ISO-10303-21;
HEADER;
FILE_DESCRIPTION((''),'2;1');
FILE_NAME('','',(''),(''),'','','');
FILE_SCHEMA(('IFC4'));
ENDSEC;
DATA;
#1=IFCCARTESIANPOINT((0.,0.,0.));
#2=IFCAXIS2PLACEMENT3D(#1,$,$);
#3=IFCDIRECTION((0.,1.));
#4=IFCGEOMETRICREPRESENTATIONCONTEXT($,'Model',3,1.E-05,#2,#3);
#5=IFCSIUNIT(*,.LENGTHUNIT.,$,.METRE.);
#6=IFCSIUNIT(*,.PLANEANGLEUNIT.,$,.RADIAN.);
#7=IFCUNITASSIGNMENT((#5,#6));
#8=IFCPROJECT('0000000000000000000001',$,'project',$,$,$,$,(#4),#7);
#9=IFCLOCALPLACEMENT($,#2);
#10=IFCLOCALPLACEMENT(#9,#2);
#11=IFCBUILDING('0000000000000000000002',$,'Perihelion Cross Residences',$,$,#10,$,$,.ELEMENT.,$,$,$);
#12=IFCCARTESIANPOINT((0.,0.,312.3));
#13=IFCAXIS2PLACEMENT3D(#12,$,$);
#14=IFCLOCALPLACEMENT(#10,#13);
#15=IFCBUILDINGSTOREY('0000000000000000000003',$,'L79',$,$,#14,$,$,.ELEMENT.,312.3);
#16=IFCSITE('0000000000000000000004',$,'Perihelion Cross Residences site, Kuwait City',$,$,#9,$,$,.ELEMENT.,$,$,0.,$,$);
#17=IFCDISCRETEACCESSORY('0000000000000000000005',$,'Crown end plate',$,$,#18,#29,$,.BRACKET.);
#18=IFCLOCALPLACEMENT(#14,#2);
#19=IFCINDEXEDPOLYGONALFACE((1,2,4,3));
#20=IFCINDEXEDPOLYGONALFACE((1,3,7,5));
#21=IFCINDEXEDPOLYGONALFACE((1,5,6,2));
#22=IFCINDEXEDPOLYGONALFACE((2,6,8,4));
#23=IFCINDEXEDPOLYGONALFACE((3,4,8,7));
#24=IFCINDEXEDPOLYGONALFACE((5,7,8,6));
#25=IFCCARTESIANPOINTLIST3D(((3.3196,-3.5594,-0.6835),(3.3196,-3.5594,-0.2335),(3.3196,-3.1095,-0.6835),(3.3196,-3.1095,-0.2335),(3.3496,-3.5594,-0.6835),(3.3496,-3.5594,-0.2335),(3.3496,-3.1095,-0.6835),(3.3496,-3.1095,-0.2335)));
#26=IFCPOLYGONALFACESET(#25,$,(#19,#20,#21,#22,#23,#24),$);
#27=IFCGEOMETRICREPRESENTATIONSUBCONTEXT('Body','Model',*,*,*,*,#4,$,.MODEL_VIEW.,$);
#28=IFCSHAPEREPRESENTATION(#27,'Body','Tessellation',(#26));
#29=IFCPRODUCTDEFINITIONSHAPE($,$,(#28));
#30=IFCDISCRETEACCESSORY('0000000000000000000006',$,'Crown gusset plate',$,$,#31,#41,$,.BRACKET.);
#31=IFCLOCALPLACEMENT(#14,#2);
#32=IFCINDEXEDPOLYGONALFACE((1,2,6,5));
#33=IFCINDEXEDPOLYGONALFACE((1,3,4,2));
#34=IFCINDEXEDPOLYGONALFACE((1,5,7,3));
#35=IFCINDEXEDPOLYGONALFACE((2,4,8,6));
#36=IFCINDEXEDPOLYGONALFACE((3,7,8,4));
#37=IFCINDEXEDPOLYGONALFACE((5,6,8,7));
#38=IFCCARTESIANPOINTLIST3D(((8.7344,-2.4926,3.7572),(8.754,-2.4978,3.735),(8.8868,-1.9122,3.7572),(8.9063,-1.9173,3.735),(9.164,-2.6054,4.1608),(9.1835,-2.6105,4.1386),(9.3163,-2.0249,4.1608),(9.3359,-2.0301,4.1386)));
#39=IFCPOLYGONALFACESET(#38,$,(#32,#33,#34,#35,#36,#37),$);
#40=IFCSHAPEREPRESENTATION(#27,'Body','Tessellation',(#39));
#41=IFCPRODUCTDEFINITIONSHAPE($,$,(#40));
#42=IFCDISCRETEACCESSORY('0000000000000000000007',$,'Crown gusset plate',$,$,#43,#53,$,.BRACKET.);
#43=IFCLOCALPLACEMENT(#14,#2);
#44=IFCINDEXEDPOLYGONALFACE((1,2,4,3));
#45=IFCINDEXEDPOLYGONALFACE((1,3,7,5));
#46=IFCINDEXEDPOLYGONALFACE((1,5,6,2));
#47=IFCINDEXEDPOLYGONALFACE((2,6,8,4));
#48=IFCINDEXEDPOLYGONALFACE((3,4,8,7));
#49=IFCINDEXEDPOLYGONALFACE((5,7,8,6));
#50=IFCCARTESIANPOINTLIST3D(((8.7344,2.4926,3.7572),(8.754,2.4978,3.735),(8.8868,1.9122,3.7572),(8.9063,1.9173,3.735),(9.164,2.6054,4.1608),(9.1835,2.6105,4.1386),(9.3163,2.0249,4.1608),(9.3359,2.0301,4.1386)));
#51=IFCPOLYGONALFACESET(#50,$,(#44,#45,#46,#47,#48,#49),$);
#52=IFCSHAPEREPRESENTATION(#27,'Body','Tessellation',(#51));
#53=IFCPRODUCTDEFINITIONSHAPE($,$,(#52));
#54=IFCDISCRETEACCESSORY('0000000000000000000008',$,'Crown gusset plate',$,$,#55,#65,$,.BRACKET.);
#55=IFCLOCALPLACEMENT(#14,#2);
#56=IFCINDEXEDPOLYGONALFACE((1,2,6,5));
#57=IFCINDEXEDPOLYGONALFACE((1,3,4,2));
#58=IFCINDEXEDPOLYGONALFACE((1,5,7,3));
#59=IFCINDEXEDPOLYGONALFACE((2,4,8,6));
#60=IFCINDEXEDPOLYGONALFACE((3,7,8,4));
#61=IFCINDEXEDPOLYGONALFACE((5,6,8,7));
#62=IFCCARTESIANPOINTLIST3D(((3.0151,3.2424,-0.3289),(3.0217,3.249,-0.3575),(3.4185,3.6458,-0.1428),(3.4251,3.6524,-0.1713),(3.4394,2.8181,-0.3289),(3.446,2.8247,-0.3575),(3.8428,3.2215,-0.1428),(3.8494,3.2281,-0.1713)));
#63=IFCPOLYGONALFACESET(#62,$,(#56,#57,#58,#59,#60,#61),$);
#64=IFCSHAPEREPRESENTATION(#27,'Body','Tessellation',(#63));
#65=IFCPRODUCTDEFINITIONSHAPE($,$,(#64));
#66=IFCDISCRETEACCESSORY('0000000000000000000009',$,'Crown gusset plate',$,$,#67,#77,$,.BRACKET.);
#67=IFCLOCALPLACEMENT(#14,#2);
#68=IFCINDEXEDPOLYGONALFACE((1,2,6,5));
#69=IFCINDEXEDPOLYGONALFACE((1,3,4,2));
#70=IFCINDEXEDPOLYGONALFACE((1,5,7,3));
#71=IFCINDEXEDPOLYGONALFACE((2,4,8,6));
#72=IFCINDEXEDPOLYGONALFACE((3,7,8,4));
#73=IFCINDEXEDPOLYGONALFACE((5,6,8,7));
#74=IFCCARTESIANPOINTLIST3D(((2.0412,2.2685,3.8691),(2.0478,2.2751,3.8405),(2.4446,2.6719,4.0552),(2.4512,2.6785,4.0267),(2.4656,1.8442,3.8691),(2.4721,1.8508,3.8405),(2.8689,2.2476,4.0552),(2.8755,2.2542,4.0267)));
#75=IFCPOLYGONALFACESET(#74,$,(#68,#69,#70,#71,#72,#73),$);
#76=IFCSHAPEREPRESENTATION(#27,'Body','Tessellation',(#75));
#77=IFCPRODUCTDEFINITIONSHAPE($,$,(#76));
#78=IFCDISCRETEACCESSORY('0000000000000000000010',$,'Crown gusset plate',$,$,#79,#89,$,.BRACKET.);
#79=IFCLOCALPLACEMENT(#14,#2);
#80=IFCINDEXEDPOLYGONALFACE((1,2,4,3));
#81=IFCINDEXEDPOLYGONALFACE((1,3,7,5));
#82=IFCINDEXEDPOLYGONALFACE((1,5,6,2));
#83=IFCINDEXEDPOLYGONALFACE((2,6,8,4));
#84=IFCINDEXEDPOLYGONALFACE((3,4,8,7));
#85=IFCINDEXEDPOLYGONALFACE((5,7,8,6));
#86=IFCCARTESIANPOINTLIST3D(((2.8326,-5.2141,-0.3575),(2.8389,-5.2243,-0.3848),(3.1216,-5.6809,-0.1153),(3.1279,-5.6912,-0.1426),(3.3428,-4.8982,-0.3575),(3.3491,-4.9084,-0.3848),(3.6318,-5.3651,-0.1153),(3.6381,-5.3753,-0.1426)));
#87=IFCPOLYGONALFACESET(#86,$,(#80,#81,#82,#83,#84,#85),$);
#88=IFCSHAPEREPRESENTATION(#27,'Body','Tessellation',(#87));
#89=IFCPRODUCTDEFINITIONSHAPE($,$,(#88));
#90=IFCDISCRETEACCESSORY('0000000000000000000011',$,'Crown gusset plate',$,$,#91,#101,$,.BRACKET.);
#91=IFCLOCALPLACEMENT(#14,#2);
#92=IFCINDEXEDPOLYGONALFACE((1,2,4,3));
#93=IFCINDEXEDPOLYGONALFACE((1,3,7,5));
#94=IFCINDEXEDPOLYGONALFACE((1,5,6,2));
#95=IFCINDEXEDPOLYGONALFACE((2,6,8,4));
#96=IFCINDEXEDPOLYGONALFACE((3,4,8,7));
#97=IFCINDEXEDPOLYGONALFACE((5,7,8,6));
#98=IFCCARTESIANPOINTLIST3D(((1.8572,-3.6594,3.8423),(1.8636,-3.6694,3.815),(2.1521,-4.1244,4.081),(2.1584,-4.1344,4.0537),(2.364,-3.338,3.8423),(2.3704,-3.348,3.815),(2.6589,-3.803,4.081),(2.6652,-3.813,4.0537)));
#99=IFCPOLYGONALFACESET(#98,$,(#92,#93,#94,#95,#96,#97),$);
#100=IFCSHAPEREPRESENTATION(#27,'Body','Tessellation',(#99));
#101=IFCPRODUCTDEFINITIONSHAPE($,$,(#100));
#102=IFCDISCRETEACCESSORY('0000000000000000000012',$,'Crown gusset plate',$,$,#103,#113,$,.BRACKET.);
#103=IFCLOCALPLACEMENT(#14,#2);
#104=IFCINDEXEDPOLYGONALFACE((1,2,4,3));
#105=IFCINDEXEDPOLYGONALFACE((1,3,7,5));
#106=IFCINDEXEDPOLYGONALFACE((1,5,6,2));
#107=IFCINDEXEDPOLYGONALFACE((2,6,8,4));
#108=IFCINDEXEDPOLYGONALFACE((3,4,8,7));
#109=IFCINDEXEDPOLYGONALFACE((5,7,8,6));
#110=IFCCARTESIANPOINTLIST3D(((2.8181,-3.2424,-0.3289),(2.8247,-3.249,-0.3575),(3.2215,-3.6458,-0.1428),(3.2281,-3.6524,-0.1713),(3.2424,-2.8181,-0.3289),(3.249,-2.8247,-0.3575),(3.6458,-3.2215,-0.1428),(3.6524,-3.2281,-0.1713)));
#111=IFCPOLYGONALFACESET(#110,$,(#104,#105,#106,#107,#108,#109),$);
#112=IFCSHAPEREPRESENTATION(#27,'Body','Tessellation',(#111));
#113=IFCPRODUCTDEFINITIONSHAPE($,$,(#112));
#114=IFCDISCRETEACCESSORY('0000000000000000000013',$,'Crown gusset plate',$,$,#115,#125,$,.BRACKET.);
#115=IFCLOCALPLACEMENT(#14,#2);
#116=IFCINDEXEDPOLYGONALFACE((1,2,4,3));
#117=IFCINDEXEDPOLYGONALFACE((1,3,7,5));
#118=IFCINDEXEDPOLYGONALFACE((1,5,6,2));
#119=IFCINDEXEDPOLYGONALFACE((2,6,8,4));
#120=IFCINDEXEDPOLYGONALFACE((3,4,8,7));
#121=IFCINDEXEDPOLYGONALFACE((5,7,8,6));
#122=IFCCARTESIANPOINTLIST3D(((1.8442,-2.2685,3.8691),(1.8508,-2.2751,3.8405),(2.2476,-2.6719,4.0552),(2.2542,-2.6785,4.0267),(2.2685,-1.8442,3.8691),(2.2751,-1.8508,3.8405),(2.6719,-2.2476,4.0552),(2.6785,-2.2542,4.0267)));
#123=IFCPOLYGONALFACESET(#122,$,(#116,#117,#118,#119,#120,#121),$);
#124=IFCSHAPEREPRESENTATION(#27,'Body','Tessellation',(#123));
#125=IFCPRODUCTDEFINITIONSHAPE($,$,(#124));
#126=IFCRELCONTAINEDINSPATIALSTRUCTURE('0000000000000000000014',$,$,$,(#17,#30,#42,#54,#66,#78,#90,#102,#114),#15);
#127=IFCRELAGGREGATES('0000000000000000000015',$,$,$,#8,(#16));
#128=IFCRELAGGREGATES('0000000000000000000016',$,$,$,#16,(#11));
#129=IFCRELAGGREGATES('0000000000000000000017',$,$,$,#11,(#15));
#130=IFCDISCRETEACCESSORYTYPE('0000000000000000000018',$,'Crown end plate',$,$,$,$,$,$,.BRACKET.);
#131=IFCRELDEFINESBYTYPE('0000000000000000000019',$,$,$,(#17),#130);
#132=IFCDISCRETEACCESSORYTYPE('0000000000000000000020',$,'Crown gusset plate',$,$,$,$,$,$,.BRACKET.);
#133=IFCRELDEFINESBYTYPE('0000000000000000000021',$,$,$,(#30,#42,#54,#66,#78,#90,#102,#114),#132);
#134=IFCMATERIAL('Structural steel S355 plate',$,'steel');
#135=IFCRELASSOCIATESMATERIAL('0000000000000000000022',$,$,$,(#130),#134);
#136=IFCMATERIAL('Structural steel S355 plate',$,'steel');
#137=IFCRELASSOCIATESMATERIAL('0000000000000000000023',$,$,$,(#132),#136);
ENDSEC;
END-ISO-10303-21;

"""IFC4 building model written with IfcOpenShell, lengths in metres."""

from ifc_helpers import new_model, si_unit, direction, frame, origin, origin_2d, place, context, subcontext, project, spatial, rectangle, extrude, material, material_profile, profile_set, type_object, element, save


model = new_model("IFC4")

# Units and contexts
model_context = context("Model", 3, precision=1e-05, world=origin(), true_north=direction((0.0, 1.0)))
body_context = subcontext(model_context, "Body", "Model", "MODEL_VIEW")
ifc_project = project(units=[si_unit("LENGTHUNIT", "METRE"), si_unit("PLANEANGLEUNIT", "RADIAN")], contexts=[model_context])

# Site, building, storey
site_placement = place(None, origin())
site = spatial("IfcSite", under=ifc_project, at=site_placement, Name="Perihelion Cross Residences site, Kuwait City", CompositionType="ELEMENT", RefElevation=0.0)
building_placement = place(site_placement, origin())
building = spatial("IfcBuilding", under=site, at=building_placement, Name="Perihelion Cross Residences", CompositionType="ELEMENT")
storey_placement = place(building_placement, frame((0.0, 0.0, 312.3)))
storey = spatial("IfcBuildingStorey", under=building, at=storey_placement, Name="L79", CompositionType="ELEMENT", Elevation=312.3)

# Discrete accessories
ifc_material_1 = material(Name="Structural steel S355 plate", Category="steel")
ifc_material_profile_1 = material_profile(ifc_material_1, rectangle(XDim=0.45, YDim=0.45, at=origin_2d()), Name="Crown end plate")
ifc_profile_set_1 = profile_set([ifc_material_profile_1], Name="Structural steel S355 plate")
discrete_accessory_type_1 = type_object("IfcDiscreteAccessoryType", Name="Crown end plate", PredefinedType="BRACKET", material=ifc_profile_set_1)
for number, where, z_axis, x_axis, name in (
    (1, (3.3196, -3.3345, -0.4585), (1.0, 0.0, 0.0), (0.0, 1.0, 0.0), "Crown end plate"),
):
    element("IfcDiscreteAccessory", number, at=place(storey_placement, frame(where, z_axis=z_axis, x_axis=x_axis)), inside=storey, type_object=discrete_accessory_type_1, Name=name, PredefinedType="BRACKET", context=body_context, shape_type="SweptSolid", body=[
        extrude(rectangle(XDim=0.45, YDim=0.45, at=origin_2d()), origin(), (0.0, 0.0, 1.0), 0.03),
    ])
ifc_material_2 = material(Name="Structural steel S355 plate", Category="steel")
ifc_material_profile_2 = material_profile(ifc_material_2, rectangle(XDim=0.6001, YDim=0.6001, at=origin_2d()), Name="Crown gusset plate")
ifc_profile_set_2 = profile_set([ifc_material_profile_2], Name="Structural steel S355 plate")
discrete_accessory_type_2 = type_object("IfcDiscreteAccessoryType", Name="Crown gusset plate", PredefinedType="BRACKET", material=ifc_profile_set_2)
for number, where, z_axis, x_axis, name in (
    (2, (9.0449, -2.2639, 3.9368), (-0.650557, 0.170771, 0.740009), (-0.253898, -0.967231, 0.0), "Crown gusset plate"),
    (3, (9.0449, 2.2639, 3.9368), (-0.650557, -0.170771, 0.740009), (0.253898, -0.967231, 0.0), "Crown gusset plate"),
    (4, (3.4355, 3.2385, -0.2644), (-0.219382, -0.219382, 0.950654), (0.707107, -0.707107, 0.0), "Crown gusset plate"),
    (5, (2.4617, 2.2646, 3.9336), (-0.219382, -0.219382, 0.950654), (0.707107, -0.707107, 0.0), "Crown gusset plate"),
):
    element("IfcDiscreteAccessory", number, at=place(storey_placement, frame(where, z_axis=z_axis, x_axis=x_axis)), inside=storey, type_object=discrete_accessory_type_2, Name=name, PredefinedType="BRACKET", context=body_context, shape_type="SweptSolid", body=[
        extrude(rectangle(XDim=0.6001, YDim=0.6001, at=origin_2d()), origin(), (0.0, 0.0, 1.0), 0.03),
    ])
for number, where, z_axis, x_axis, name in (
    (6, (3.2385, -5.2998, -0.2637), (-0.212402, 0.343112, 0.914964), (-0.850265, -0.526355, 0.0), "Crown gusset plate"),
    (7, (2.2644, -3.7412, 3.9343), (-0.212993, 0.335874, 0.917509), (-0.844509, -0.535542, 0.0), "Crown gusset plate"),
):
    element("IfcDiscreteAccessory", number, at=place(storey_placement, frame(where, z_axis=z_axis, x_axis=x_axis)), inside=storey, type_object=discrete_accessory_type_2, Name=name, PredefinedType="BRACKET", context=body_context, shape_type="SweptSolid", body=[
        extrude(rectangle(XDim=0.6001, YDim=0.6001, at=origin_2d()), origin(), (0.0, 0.0, 1.0), 0.0298),
    ])
for number, where, z_axis, x_axis, name in (
    (8, (3.2385, -3.2385, -0.2644), (-0.219382, 0.219382, 0.950654), (-0.707107, -0.707107, 0.0), "Crown gusset plate"),
    (9, (2.2646, -2.2646, 3.9336), (-0.219382, 0.219382, 0.950654), (-0.707107, -0.707107, 0.0), "Crown gusset plate"),
):
    element("IfcDiscreteAccessory", number, at=place(storey_placement, frame(where, z_axis=z_axis, x_axis=x_axis)), inside=storey, type_object=discrete_accessory_type_2, Name=name, PredefinedType="BRACKET", context=body_context, shape_type="SweptSolid", body=[
        extrude(rectangle(XDim=0.6001, YDim=0.6001, at=origin_2d()), origin(), (0.0, 0.0, 1.0), 0.03),
    ])

save(model, "model.ifc")
